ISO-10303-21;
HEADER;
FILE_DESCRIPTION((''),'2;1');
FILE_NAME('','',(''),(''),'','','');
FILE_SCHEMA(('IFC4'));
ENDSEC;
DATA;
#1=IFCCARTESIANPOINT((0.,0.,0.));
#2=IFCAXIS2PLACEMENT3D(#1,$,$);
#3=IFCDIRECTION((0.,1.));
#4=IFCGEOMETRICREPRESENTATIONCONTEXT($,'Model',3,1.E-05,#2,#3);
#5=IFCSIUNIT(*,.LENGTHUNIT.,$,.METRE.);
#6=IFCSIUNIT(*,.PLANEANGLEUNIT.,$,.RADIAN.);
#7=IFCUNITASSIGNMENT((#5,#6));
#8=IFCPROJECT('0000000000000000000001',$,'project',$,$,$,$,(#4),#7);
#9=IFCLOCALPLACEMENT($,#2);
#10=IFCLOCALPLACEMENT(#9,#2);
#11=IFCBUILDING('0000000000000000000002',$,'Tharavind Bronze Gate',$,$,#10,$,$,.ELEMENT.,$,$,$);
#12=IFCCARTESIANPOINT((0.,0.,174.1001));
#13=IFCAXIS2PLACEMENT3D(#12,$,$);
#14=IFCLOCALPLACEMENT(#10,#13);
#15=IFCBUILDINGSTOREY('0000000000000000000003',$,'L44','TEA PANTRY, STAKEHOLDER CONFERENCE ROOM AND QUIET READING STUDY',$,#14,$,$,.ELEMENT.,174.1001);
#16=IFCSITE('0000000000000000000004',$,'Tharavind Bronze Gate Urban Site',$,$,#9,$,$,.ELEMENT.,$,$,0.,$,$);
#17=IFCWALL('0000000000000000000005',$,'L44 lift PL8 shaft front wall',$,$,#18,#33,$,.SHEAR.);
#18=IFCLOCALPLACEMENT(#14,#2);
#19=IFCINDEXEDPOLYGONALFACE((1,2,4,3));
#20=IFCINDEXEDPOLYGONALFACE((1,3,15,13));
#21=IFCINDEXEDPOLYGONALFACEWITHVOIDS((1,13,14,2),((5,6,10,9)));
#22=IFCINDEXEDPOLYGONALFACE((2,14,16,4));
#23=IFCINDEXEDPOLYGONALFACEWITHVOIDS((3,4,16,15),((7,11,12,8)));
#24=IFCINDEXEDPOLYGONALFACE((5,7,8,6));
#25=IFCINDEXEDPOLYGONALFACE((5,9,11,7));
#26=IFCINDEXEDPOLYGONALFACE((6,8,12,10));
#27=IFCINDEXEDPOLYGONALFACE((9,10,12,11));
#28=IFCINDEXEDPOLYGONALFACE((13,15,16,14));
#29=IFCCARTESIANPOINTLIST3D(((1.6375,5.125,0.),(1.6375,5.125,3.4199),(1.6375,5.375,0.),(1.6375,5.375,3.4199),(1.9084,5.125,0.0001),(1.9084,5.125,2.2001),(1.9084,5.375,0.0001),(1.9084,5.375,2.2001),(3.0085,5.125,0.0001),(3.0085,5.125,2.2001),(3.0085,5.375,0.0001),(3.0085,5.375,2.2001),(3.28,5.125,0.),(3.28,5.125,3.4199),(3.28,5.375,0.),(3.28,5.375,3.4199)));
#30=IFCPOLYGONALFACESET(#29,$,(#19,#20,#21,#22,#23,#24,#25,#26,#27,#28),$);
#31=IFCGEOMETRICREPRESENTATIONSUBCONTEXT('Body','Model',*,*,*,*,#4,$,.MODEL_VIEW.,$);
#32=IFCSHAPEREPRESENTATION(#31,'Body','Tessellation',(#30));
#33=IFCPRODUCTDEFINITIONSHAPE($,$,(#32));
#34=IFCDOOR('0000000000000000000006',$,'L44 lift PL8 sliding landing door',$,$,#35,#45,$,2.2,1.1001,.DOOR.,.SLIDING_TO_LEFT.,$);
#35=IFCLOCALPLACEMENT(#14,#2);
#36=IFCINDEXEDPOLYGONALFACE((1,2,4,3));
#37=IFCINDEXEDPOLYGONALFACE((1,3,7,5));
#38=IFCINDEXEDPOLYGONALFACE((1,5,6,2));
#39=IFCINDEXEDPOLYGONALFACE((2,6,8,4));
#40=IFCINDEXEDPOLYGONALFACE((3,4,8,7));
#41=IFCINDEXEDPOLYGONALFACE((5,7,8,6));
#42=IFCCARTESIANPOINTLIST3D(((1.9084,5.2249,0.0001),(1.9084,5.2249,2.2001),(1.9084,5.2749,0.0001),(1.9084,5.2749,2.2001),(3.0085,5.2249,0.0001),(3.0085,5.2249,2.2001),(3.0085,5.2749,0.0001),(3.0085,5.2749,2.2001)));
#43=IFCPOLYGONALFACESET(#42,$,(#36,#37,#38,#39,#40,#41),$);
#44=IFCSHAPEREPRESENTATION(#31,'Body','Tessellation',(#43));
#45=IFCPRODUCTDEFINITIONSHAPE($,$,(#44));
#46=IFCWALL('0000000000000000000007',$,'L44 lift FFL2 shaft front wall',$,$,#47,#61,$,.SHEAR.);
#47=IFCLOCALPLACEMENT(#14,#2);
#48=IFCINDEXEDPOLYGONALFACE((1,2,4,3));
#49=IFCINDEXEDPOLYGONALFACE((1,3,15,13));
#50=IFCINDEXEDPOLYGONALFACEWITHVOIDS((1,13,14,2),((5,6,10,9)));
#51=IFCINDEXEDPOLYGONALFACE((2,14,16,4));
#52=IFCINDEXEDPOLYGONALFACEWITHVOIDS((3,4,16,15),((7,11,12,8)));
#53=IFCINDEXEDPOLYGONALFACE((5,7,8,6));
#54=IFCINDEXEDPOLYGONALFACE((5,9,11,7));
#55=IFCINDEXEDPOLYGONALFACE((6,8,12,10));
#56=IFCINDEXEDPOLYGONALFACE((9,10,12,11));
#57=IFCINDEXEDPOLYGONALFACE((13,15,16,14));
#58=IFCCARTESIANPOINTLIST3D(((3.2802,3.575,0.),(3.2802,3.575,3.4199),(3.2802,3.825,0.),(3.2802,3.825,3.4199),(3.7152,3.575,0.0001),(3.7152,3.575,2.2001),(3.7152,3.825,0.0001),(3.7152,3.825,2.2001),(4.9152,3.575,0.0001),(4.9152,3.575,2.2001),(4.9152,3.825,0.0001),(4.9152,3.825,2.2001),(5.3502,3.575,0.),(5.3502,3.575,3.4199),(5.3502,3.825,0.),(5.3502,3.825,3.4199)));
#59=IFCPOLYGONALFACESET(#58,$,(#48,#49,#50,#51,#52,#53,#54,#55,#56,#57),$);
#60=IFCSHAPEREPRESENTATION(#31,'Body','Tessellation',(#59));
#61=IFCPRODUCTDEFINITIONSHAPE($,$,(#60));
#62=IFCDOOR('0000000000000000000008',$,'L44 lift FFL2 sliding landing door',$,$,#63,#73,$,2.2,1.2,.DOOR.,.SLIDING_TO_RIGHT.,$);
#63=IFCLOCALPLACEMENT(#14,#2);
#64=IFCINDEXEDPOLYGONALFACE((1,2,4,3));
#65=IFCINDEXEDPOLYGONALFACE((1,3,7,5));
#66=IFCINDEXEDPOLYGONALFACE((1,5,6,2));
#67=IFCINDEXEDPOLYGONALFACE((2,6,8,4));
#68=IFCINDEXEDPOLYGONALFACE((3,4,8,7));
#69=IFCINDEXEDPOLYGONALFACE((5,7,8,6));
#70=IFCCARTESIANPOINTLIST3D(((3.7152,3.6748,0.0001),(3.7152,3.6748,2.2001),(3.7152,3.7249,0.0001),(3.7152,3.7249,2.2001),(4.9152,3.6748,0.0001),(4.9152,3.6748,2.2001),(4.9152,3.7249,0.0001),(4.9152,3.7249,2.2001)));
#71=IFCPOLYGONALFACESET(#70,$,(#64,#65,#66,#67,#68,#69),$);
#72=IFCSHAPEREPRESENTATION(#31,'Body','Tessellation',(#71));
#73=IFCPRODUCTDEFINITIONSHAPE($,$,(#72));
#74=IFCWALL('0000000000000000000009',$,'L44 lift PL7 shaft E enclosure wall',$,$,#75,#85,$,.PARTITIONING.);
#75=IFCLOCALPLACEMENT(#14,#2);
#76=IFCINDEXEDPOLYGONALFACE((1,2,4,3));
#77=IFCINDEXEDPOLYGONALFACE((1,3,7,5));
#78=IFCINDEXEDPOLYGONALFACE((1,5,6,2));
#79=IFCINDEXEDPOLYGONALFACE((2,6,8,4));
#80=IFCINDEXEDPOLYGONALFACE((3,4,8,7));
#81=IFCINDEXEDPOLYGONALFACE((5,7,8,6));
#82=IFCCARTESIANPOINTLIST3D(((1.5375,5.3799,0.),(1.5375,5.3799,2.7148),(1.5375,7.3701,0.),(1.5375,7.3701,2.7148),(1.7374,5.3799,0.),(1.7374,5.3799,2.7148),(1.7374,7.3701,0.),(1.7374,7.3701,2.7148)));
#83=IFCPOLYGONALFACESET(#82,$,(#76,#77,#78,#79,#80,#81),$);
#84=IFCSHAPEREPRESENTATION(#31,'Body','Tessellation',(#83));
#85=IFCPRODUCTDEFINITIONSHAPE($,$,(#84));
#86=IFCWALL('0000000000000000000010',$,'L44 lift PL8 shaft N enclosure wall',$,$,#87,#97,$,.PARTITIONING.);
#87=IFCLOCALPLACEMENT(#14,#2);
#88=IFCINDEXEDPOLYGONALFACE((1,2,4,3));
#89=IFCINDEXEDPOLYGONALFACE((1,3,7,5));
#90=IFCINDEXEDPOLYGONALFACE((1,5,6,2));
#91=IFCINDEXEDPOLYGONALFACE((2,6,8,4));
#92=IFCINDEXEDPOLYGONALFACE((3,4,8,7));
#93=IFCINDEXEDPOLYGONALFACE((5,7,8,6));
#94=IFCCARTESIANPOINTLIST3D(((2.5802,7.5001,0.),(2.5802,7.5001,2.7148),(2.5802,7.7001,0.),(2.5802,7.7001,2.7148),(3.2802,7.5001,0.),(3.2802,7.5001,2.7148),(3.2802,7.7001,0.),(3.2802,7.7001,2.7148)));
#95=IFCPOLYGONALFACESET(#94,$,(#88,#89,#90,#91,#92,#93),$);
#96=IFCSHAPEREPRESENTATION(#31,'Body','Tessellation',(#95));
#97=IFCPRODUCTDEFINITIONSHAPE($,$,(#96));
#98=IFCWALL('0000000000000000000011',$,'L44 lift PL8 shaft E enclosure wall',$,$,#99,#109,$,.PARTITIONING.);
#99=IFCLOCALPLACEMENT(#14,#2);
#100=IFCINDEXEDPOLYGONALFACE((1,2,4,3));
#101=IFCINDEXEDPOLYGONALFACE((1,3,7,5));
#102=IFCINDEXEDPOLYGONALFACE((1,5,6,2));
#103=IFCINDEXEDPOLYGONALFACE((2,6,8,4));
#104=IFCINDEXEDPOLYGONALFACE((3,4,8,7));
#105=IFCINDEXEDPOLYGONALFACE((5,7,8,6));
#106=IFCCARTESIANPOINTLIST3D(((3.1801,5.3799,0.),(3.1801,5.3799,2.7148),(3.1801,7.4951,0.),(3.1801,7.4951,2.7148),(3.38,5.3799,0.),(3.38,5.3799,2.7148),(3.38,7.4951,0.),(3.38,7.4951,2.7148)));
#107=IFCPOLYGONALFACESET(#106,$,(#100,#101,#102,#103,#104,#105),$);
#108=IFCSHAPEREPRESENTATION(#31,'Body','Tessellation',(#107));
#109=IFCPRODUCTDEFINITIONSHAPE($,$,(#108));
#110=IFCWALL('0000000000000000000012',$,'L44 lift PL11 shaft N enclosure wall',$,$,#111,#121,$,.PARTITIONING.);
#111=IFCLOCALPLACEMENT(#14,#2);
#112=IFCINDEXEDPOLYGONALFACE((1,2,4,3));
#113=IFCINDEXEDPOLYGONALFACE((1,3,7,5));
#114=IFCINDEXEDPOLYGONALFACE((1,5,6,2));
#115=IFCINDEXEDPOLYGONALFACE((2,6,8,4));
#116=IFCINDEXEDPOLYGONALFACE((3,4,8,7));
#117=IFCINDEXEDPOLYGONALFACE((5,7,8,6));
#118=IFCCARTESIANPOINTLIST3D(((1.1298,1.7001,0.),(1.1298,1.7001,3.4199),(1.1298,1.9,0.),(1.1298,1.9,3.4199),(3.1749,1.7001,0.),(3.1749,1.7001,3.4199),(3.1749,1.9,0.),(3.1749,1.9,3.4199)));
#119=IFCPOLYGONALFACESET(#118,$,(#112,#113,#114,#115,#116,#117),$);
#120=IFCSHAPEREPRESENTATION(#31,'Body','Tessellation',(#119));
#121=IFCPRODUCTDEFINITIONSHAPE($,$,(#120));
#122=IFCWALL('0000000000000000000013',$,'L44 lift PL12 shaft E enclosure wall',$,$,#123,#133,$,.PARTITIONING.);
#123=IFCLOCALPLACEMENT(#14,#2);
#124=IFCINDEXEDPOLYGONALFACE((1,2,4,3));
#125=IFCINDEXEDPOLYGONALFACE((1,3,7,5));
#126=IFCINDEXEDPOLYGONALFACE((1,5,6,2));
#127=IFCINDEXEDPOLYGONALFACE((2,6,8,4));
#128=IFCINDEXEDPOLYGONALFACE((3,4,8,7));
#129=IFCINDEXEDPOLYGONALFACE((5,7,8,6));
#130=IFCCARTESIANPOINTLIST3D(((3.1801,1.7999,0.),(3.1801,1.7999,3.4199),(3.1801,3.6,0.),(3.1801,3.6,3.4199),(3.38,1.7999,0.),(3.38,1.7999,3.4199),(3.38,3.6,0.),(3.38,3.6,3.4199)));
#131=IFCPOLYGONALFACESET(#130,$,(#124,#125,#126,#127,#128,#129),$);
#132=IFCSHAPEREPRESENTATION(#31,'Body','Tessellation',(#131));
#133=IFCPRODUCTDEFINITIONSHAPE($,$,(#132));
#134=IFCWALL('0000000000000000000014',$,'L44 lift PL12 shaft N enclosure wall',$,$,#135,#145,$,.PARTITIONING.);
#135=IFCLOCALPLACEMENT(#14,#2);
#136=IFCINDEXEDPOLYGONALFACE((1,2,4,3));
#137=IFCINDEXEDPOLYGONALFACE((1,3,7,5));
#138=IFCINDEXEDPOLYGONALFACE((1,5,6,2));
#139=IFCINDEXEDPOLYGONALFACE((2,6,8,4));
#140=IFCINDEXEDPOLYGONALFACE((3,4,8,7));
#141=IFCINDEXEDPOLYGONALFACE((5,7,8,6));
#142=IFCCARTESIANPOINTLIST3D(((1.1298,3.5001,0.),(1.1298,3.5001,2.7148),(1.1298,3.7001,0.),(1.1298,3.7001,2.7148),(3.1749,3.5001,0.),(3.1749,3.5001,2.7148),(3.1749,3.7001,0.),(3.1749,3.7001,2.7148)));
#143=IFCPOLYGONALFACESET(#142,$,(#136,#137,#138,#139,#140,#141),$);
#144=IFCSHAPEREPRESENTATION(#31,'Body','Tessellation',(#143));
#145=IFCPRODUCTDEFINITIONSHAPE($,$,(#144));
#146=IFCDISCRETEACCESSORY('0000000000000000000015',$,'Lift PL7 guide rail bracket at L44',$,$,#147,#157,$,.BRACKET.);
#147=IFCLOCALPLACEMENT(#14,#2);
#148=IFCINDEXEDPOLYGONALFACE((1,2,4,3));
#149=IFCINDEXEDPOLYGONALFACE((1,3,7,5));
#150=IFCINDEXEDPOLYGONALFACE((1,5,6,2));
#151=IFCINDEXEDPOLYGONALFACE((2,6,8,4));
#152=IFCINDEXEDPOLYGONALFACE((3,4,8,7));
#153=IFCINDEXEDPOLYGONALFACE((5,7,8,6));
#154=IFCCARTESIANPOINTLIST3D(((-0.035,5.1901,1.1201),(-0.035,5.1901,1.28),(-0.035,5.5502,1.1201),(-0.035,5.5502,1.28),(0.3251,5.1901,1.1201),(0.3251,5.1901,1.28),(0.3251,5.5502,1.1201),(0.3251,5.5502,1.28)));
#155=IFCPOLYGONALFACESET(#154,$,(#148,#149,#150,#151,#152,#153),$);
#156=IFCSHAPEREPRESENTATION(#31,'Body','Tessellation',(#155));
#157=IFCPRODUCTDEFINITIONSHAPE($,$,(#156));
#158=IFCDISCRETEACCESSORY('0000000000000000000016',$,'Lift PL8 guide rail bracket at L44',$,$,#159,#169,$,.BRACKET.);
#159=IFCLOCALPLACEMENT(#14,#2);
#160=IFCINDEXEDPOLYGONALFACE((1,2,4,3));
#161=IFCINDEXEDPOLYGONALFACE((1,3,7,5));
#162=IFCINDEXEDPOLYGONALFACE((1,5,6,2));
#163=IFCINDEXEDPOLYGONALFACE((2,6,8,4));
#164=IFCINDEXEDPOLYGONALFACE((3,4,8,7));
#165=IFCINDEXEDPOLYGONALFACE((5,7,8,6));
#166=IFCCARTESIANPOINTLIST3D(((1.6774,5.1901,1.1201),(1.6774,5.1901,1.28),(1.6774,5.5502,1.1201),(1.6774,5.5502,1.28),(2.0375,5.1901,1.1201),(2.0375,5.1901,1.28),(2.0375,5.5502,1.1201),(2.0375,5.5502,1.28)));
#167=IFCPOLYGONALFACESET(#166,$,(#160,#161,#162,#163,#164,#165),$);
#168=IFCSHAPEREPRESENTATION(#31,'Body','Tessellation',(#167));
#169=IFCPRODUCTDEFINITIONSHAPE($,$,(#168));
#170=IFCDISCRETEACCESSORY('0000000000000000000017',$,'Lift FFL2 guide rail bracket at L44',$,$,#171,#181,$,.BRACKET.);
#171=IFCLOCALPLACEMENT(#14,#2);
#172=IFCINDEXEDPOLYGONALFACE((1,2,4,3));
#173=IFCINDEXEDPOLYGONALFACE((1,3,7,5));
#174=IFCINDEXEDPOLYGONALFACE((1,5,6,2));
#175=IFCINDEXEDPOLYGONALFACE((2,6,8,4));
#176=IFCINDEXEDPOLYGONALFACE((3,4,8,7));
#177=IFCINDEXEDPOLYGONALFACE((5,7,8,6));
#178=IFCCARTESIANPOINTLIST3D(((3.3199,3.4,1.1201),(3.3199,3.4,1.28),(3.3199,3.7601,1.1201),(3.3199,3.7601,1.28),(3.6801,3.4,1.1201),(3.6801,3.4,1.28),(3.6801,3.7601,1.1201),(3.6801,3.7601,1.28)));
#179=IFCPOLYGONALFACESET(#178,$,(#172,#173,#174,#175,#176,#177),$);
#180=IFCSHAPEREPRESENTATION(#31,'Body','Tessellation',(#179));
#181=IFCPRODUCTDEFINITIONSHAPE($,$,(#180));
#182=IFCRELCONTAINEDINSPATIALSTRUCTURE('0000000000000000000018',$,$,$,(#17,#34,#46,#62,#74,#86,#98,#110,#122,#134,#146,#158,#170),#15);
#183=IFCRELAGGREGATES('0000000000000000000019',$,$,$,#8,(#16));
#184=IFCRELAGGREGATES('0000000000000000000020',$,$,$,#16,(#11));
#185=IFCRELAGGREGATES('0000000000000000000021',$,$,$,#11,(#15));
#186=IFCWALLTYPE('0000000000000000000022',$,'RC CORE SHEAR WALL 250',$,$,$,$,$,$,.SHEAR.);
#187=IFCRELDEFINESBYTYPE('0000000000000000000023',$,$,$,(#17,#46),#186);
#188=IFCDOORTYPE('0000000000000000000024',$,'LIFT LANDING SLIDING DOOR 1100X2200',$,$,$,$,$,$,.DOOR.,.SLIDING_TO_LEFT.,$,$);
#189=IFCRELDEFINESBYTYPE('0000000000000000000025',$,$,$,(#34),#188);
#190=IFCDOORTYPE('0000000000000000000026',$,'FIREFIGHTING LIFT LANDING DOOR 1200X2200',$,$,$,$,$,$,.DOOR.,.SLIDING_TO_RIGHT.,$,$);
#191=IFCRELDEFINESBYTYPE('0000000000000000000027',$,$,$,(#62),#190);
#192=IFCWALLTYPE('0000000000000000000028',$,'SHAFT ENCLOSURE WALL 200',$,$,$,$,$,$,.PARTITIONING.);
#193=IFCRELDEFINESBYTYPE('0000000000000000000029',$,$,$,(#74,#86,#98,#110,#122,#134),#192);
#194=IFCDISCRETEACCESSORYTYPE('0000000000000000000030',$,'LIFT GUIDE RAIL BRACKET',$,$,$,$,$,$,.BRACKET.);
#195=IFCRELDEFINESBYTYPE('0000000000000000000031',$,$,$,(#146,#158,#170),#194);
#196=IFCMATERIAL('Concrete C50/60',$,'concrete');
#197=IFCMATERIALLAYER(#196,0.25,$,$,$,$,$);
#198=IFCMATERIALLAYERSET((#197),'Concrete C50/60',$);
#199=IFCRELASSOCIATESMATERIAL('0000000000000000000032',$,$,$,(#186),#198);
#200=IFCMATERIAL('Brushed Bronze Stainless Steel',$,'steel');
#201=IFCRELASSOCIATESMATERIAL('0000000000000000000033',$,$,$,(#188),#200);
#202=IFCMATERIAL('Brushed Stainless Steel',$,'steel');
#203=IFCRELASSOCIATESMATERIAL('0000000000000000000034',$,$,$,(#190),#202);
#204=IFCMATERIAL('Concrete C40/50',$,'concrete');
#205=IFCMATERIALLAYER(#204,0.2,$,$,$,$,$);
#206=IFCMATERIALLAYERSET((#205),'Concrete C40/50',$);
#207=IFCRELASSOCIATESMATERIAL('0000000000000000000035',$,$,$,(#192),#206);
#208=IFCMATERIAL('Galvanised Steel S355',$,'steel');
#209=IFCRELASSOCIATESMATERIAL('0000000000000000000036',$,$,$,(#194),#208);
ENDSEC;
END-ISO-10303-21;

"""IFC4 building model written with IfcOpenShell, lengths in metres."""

from ifc_helpers import new_model, si_unit, direction, frame, frame_2d, origin, origin_2d, place, context, subcontext, project, spatial, rectangle, extrude, material, layer, layer_set, type_object, element, fill, save


model = new_model("IFC4")

# Units and contexts
model_context = context("Model", 3, precision=1e-05, world=origin(), true_north=direction((0.0, 1.0)))
body_context = subcontext(model_context, "Body", "Model", "MODEL_VIEW")
ifc_project = project(units=[si_unit("LENGTHUNIT", "METRE"), si_unit("PLANEANGLEUNIT", "RADIAN")], contexts=[model_context])

# Site, building, storey
site_placement = place(None, origin())
site = spatial("IfcSite", under=ifc_project, at=site_placement, Name="Tharavind Bronze Gate Urban Site", CompositionType="ELEMENT", RefElevation=0.0)
building_placement = place(site_placement, origin())
building = spatial("IfcBuilding", under=site, at=building_placement, Name="Tharavind Bronze Gate", CompositionType="ELEMENT")
storey_placement = place(building_placement, frame((0.0, 0.0, 174.1001)))
storey = spatial("IfcBuildingStorey", under=building, at=storey_placement, Name="L44", Description="TEA PANTRY, STAKEHOLDER CONFERENCE ROOM AND QUIET READING STUDY", CompositionType="ELEMENT", Elevation=174.1001)

# Walls, openings, doors
ifc_material_1 = material(Name="Concrete C50/60", Category="concrete")
ifc_layer_1 = layer(ifc_material_1, 0.25)
ifc_layer_set_1 = layer_set([ifc_layer_1], Name="Concrete C50/60")
wall_type_1 = type_object("IfcWallType", Name="RC CORE SHEAR WALL 250", PredefinedType="SHEAR", material=ifc_layer_set_1)
wall_1_placement = place(storey_placement, frame((1.6375, 5.25, 0.0), z_axis=(0.0, 0.0, 1.0), x_axis=(1.0, 0.0, 0.0)))
wall_1 = element("IfcWall", 1, at=wall_1_placement, inside=storey, type_object=wall_type_1, Name="L44 lift PL8 shaft front wall", PredefinedType="SHEAR", context=body_context, shape_type="SweptSolid", body=[
    extrude(rectangle(XDim=1.6426, YDim=0.25, at=frame_2d((0.8213, 0.0))), origin(), (0.0, 0.0, 1.0), 3.4199),
])
opening_1_placement = place(wall_1_placement, frame((0.271, 0.0, 0.0)))
opening_1 = element("IfcOpeningElement", 2, at=opening_1_placement, cuts=wall_1, PredefinedType="OPENING", context=body_context, shape_type="SweptSolid", body=[
    extrude(rectangle(XDim=1.1001, YDim=2.2, at=frame_2d((0.55, 1.1001))), frame((0.0, 0.135, 0.0), z_axis=(0.0, -1.0, 0.0), x_axis=(1.0, 0.0, 0.0)), (0.0, 0.0, 1.0), 0.27),
])
ifc_material_2 = material(Name="Brushed Bronze Stainless Steel", Category="steel")
door_type_1 = type_object("IfcDoorType", Name="LIFT LANDING SLIDING DOOR 1100X2200", OperationType="SLIDING_TO_LEFT", PredefinedType="DOOR", material=ifc_material_2)
door_1_placement = place(opening_1_placement, origin())
door_1 = element("IfcDoor", 3, at=door_1_placement, inside=storey, type_object=door_type_1, Name="L44 lift PL8 sliding landing door", OperationType="SLIDING_TO_LEFT", OverallHeight=2.2, OverallWidth=1.1001, PredefinedType="DOOR", context=body_context, shape_type="SweptSolid", body=[
    extrude(rectangle(XDim=1.1001, YDim=2.2, at=frame_2d((0.55, 1.1001))), frame((0.0, 0.0249, 0.0), z_axis=(0.0, -1.0, 0.0), x_axis=(1.0, 0.0, 0.0)), (0.0, 0.0, 1.0), 0.05),
])
fill(opening_1, door_1)
wall_2_placement = place(storey_placement, frame((3.28, 3.7, 0.0), z_axis=(0.0, 0.0, 1.0), x_axis=(1.0, 0.0, 0.0)))
wall_2 = element("IfcWall", 4, at=wall_2_placement, inside=storey, type_object=wall_type_1, Name="L44 lift FFL2 shaft front wall", PredefinedType="SHEAR", context=body_context, shape_type="SweptSolid", body=[
    extrude(rectangle(XDim=2.0701, YDim=0.25, at=frame_2d((1.0352, 0.0))), origin(), (0.0, 0.0, 1.0), 3.4199),
])
opening_2_placement = place(wall_2_placement, frame((0.4351, 0.0, 0.0)))
opening_2 = element("IfcOpeningElement", 5, at=opening_2_placement, cuts=wall_2, PredefinedType="OPENING", context=body_context, shape_type="SweptSolid", body=[
    extrude(rectangle(XDim=1.2, YDim=2.2, at=frame_2d((0.6001, 1.1001))), frame((0.0, 0.135, 0.0), z_axis=(0.0, -1.0, 0.0), x_axis=(1.0, 0.0, 0.0)), (0.0, 0.0, 1.0), 0.27),
])
ifc_material_3 = material(Name="Brushed Stainless Steel", Category="steel")
door_type_2 = type_object("IfcDoorType", Name="FIREFIGHTING LIFT LANDING DOOR 1200X2200", OperationType="SLIDING_TO_RIGHT", PredefinedType="DOOR", material=ifc_material_3)
door_2_placement = place(opening_2_placement, origin())
door_2 = element("IfcDoor", 6, at=door_2_placement, inside=storey, type_object=door_type_2, Name="L44 lift FFL2 sliding landing door", OperationType="SLIDING_TO_RIGHT", OverallHeight=2.2, OverallWidth=1.2, PredefinedType="DOOR", context=body_context, shape_type="SweptSolid", body=[
    extrude(rectangle(XDim=1.2, YDim=2.2, at=frame_2d((0.6001, 1.1001))), frame((0.0, 0.0249, 0.0), z_axis=(0.0, -1.0, 0.0), x_axis=(1.0, 0.0, 0.0)), (0.0, 0.0, 1.0), 0.05),
])
fill(opening_2, door_2)

# Walls
ifc_material_4 = material(Name="Concrete C40/50", Category="concrete")
ifc_layer_2 = layer(ifc_material_4, 0.2)
ifc_layer_set_2 = layer_set([ifc_layer_2], Name="Concrete C40/50")
wall_type_2 = type_object("IfcWallType", Name="SHAFT ENCLOSURE WALL 200", PredefinedType="PARTITIONING", material=ifc_layer_set_2)
wall_3_placement = place(storey_placement, frame((1.6375, 5.3799, 0.0), z_axis=(0.0, 0.0, 1.0), x_axis=(0.0, 1.0, 0.0)))
element("IfcWall", 7, at=wall_3_placement, inside=storey, type_object=wall_type_2, Name="L44 lift PL7 shaft E enclosure wall", PredefinedType="PARTITIONING", context=body_context, shape_type="SweptSolid", body=[
    extrude(rectangle(XDim=1.9902, YDim=0.2, at=frame_2d((0.9951, 0.0))), origin(), (0.0, 0.0, 1.0), 2.7148),
])
wall_4_placement = place(storey_placement, frame((2.5801, 7.6001, 0.0), z_axis=(0.0, 0.0, 1.0), x_axis=(1.0, 0.0, 0.0)))
element("IfcWall", 8, at=wall_4_placement, inside=storey, type_object=wall_type_2, Name="L44 lift PL8 shaft N enclosure wall", PredefinedType="PARTITIONING", context=body_context, shape_type="SweptSolid", body=[
    extrude(rectangle(XDim=0.7, YDim=0.2, at=frame_2d((0.3501, 0.0))), origin(), (0.0, 0.0, 1.0), 2.7148),
])
wall_5_placement = place(storey_placement, frame((3.28, 5.3799, 0.0), z_axis=(0.0, 0.0, 1.0), x_axis=(0.0, 1.0, 0.0)))
element("IfcWall", 9, at=wall_5_placement, inside=storey, type_object=wall_type_2, Name="L44 lift PL8 shaft E enclosure wall", PredefinedType="PARTITIONING", context=body_context, shape_type="SweptSolid", body=[
    extrude(rectangle(XDim=2.1152, YDim=0.2, at=frame_2d((1.0576, 0.0))), origin(), (0.0, 0.0, 1.0), 2.7148),
])
wall_6_placement = place(storey_placement, frame((1.1299, 1.8, 0.0), z_axis=(0.0, 0.0, 1.0), x_axis=(1.0, 0.0, 0.0)))
element("IfcWall", 10, at=wall_6_placement, inside=storey, type_object=wall_type_2, Name="L44 lift PL11 shaft N enclosure wall", PredefinedType="PARTITIONING", context=body_context, shape_type="SweptSolid", body=[
    extrude(rectangle(XDim=2.0452, YDim=0.2, at=frame_2d((1.0225, 0.0))), origin(), (0.0, 0.0, 1.0), 3.4199),
])
wall_7_placement = place(storey_placement, frame((3.28, 1.8, 0.0), z_axis=(0.0, 0.0, 1.0), x_axis=(0.0, 1.0, 0.0)))
element("IfcWall", 11, at=wall_7_placement, inside=storey, type_object=wall_type_2, Name="L44 lift PL12 shaft E enclosure wall", PredefinedType="PARTITIONING", context=body_context, shape_type="SweptSolid", body=[
    extrude(rectangle(XDim=1.8, YDim=0.2, at=frame_2d((0.8999, 0.0))), origin(), (0.0, 0.0, 1.0), 3.4199),
])
wall_8_placement = place(storey_placement, frame((1.1299, 3.6001, 0.0), z_axis=(0.0, 0.0, 1.0), x_axis=(1.0, 0.0, 0.0)))
element("IfcWall", 12, at=wall_8_placement, inside=storey, type_object=wall_type_2, Name="L44 lift PL12 shaft N enclosure wall", PredefinedType="PARTITIONING", context=body_context, shape_type="SweptSolid", body=[
    extrude(rectangle(XDim=2.0452, YDim=0.2, at=frame_2d((1.0225, 0.0))), origin(), (0.0, 0.0, 1.0), 2.7148),
])

# Discrete accessories
ifc_material_5 = material(Name="Galvanised Steel S355", Category="steel")
discrete_accessory_type = type_object("IfcDiscreteAccessoryType", Name="LIFT GUIDE RAIL BRACKET", PredefinedType="BRACKET", material=ifc_material_5)
for number, where, z_axis, x_axis, name in (
    (13, (0.145, 5.3701, 1.1201), (0.0, 0.0, 1.0), (1.0, 0.0, 0.0), "Lift PL7 guide rail bracket at L44"),
    (14, (1.8574, 5.3701, 1.1201), (0.0, 0.0, 1.0), (1.0, 0.0, 0.0), "Lift PL8 guide rail bracket at L44"),
    (15, (3.5, 3.5801, 1.1201), (0.0, 0.0, 1.0), (1.0, 0.0, 0.0), "Lift FFL2 guide rail bracket at L44"),
):
    element("IfcDiscreteAccessory", number, at=place(storey_placement, frame(where, z_axis=z_axis, x_axis=x_axis)), inside=storey, type_object=discrete_accessory_type, Name=name, PredefinedType="BRACKET", context=body_context, shape_type="SweptSolid", body=[
        extrude(rectangle(XDim=0.3601, YDim=0.3601, at=origin_2d()), origin(), (0.0, 0.0, 1.0), 0.1599),
    ])

save(model, "model.ifc")
